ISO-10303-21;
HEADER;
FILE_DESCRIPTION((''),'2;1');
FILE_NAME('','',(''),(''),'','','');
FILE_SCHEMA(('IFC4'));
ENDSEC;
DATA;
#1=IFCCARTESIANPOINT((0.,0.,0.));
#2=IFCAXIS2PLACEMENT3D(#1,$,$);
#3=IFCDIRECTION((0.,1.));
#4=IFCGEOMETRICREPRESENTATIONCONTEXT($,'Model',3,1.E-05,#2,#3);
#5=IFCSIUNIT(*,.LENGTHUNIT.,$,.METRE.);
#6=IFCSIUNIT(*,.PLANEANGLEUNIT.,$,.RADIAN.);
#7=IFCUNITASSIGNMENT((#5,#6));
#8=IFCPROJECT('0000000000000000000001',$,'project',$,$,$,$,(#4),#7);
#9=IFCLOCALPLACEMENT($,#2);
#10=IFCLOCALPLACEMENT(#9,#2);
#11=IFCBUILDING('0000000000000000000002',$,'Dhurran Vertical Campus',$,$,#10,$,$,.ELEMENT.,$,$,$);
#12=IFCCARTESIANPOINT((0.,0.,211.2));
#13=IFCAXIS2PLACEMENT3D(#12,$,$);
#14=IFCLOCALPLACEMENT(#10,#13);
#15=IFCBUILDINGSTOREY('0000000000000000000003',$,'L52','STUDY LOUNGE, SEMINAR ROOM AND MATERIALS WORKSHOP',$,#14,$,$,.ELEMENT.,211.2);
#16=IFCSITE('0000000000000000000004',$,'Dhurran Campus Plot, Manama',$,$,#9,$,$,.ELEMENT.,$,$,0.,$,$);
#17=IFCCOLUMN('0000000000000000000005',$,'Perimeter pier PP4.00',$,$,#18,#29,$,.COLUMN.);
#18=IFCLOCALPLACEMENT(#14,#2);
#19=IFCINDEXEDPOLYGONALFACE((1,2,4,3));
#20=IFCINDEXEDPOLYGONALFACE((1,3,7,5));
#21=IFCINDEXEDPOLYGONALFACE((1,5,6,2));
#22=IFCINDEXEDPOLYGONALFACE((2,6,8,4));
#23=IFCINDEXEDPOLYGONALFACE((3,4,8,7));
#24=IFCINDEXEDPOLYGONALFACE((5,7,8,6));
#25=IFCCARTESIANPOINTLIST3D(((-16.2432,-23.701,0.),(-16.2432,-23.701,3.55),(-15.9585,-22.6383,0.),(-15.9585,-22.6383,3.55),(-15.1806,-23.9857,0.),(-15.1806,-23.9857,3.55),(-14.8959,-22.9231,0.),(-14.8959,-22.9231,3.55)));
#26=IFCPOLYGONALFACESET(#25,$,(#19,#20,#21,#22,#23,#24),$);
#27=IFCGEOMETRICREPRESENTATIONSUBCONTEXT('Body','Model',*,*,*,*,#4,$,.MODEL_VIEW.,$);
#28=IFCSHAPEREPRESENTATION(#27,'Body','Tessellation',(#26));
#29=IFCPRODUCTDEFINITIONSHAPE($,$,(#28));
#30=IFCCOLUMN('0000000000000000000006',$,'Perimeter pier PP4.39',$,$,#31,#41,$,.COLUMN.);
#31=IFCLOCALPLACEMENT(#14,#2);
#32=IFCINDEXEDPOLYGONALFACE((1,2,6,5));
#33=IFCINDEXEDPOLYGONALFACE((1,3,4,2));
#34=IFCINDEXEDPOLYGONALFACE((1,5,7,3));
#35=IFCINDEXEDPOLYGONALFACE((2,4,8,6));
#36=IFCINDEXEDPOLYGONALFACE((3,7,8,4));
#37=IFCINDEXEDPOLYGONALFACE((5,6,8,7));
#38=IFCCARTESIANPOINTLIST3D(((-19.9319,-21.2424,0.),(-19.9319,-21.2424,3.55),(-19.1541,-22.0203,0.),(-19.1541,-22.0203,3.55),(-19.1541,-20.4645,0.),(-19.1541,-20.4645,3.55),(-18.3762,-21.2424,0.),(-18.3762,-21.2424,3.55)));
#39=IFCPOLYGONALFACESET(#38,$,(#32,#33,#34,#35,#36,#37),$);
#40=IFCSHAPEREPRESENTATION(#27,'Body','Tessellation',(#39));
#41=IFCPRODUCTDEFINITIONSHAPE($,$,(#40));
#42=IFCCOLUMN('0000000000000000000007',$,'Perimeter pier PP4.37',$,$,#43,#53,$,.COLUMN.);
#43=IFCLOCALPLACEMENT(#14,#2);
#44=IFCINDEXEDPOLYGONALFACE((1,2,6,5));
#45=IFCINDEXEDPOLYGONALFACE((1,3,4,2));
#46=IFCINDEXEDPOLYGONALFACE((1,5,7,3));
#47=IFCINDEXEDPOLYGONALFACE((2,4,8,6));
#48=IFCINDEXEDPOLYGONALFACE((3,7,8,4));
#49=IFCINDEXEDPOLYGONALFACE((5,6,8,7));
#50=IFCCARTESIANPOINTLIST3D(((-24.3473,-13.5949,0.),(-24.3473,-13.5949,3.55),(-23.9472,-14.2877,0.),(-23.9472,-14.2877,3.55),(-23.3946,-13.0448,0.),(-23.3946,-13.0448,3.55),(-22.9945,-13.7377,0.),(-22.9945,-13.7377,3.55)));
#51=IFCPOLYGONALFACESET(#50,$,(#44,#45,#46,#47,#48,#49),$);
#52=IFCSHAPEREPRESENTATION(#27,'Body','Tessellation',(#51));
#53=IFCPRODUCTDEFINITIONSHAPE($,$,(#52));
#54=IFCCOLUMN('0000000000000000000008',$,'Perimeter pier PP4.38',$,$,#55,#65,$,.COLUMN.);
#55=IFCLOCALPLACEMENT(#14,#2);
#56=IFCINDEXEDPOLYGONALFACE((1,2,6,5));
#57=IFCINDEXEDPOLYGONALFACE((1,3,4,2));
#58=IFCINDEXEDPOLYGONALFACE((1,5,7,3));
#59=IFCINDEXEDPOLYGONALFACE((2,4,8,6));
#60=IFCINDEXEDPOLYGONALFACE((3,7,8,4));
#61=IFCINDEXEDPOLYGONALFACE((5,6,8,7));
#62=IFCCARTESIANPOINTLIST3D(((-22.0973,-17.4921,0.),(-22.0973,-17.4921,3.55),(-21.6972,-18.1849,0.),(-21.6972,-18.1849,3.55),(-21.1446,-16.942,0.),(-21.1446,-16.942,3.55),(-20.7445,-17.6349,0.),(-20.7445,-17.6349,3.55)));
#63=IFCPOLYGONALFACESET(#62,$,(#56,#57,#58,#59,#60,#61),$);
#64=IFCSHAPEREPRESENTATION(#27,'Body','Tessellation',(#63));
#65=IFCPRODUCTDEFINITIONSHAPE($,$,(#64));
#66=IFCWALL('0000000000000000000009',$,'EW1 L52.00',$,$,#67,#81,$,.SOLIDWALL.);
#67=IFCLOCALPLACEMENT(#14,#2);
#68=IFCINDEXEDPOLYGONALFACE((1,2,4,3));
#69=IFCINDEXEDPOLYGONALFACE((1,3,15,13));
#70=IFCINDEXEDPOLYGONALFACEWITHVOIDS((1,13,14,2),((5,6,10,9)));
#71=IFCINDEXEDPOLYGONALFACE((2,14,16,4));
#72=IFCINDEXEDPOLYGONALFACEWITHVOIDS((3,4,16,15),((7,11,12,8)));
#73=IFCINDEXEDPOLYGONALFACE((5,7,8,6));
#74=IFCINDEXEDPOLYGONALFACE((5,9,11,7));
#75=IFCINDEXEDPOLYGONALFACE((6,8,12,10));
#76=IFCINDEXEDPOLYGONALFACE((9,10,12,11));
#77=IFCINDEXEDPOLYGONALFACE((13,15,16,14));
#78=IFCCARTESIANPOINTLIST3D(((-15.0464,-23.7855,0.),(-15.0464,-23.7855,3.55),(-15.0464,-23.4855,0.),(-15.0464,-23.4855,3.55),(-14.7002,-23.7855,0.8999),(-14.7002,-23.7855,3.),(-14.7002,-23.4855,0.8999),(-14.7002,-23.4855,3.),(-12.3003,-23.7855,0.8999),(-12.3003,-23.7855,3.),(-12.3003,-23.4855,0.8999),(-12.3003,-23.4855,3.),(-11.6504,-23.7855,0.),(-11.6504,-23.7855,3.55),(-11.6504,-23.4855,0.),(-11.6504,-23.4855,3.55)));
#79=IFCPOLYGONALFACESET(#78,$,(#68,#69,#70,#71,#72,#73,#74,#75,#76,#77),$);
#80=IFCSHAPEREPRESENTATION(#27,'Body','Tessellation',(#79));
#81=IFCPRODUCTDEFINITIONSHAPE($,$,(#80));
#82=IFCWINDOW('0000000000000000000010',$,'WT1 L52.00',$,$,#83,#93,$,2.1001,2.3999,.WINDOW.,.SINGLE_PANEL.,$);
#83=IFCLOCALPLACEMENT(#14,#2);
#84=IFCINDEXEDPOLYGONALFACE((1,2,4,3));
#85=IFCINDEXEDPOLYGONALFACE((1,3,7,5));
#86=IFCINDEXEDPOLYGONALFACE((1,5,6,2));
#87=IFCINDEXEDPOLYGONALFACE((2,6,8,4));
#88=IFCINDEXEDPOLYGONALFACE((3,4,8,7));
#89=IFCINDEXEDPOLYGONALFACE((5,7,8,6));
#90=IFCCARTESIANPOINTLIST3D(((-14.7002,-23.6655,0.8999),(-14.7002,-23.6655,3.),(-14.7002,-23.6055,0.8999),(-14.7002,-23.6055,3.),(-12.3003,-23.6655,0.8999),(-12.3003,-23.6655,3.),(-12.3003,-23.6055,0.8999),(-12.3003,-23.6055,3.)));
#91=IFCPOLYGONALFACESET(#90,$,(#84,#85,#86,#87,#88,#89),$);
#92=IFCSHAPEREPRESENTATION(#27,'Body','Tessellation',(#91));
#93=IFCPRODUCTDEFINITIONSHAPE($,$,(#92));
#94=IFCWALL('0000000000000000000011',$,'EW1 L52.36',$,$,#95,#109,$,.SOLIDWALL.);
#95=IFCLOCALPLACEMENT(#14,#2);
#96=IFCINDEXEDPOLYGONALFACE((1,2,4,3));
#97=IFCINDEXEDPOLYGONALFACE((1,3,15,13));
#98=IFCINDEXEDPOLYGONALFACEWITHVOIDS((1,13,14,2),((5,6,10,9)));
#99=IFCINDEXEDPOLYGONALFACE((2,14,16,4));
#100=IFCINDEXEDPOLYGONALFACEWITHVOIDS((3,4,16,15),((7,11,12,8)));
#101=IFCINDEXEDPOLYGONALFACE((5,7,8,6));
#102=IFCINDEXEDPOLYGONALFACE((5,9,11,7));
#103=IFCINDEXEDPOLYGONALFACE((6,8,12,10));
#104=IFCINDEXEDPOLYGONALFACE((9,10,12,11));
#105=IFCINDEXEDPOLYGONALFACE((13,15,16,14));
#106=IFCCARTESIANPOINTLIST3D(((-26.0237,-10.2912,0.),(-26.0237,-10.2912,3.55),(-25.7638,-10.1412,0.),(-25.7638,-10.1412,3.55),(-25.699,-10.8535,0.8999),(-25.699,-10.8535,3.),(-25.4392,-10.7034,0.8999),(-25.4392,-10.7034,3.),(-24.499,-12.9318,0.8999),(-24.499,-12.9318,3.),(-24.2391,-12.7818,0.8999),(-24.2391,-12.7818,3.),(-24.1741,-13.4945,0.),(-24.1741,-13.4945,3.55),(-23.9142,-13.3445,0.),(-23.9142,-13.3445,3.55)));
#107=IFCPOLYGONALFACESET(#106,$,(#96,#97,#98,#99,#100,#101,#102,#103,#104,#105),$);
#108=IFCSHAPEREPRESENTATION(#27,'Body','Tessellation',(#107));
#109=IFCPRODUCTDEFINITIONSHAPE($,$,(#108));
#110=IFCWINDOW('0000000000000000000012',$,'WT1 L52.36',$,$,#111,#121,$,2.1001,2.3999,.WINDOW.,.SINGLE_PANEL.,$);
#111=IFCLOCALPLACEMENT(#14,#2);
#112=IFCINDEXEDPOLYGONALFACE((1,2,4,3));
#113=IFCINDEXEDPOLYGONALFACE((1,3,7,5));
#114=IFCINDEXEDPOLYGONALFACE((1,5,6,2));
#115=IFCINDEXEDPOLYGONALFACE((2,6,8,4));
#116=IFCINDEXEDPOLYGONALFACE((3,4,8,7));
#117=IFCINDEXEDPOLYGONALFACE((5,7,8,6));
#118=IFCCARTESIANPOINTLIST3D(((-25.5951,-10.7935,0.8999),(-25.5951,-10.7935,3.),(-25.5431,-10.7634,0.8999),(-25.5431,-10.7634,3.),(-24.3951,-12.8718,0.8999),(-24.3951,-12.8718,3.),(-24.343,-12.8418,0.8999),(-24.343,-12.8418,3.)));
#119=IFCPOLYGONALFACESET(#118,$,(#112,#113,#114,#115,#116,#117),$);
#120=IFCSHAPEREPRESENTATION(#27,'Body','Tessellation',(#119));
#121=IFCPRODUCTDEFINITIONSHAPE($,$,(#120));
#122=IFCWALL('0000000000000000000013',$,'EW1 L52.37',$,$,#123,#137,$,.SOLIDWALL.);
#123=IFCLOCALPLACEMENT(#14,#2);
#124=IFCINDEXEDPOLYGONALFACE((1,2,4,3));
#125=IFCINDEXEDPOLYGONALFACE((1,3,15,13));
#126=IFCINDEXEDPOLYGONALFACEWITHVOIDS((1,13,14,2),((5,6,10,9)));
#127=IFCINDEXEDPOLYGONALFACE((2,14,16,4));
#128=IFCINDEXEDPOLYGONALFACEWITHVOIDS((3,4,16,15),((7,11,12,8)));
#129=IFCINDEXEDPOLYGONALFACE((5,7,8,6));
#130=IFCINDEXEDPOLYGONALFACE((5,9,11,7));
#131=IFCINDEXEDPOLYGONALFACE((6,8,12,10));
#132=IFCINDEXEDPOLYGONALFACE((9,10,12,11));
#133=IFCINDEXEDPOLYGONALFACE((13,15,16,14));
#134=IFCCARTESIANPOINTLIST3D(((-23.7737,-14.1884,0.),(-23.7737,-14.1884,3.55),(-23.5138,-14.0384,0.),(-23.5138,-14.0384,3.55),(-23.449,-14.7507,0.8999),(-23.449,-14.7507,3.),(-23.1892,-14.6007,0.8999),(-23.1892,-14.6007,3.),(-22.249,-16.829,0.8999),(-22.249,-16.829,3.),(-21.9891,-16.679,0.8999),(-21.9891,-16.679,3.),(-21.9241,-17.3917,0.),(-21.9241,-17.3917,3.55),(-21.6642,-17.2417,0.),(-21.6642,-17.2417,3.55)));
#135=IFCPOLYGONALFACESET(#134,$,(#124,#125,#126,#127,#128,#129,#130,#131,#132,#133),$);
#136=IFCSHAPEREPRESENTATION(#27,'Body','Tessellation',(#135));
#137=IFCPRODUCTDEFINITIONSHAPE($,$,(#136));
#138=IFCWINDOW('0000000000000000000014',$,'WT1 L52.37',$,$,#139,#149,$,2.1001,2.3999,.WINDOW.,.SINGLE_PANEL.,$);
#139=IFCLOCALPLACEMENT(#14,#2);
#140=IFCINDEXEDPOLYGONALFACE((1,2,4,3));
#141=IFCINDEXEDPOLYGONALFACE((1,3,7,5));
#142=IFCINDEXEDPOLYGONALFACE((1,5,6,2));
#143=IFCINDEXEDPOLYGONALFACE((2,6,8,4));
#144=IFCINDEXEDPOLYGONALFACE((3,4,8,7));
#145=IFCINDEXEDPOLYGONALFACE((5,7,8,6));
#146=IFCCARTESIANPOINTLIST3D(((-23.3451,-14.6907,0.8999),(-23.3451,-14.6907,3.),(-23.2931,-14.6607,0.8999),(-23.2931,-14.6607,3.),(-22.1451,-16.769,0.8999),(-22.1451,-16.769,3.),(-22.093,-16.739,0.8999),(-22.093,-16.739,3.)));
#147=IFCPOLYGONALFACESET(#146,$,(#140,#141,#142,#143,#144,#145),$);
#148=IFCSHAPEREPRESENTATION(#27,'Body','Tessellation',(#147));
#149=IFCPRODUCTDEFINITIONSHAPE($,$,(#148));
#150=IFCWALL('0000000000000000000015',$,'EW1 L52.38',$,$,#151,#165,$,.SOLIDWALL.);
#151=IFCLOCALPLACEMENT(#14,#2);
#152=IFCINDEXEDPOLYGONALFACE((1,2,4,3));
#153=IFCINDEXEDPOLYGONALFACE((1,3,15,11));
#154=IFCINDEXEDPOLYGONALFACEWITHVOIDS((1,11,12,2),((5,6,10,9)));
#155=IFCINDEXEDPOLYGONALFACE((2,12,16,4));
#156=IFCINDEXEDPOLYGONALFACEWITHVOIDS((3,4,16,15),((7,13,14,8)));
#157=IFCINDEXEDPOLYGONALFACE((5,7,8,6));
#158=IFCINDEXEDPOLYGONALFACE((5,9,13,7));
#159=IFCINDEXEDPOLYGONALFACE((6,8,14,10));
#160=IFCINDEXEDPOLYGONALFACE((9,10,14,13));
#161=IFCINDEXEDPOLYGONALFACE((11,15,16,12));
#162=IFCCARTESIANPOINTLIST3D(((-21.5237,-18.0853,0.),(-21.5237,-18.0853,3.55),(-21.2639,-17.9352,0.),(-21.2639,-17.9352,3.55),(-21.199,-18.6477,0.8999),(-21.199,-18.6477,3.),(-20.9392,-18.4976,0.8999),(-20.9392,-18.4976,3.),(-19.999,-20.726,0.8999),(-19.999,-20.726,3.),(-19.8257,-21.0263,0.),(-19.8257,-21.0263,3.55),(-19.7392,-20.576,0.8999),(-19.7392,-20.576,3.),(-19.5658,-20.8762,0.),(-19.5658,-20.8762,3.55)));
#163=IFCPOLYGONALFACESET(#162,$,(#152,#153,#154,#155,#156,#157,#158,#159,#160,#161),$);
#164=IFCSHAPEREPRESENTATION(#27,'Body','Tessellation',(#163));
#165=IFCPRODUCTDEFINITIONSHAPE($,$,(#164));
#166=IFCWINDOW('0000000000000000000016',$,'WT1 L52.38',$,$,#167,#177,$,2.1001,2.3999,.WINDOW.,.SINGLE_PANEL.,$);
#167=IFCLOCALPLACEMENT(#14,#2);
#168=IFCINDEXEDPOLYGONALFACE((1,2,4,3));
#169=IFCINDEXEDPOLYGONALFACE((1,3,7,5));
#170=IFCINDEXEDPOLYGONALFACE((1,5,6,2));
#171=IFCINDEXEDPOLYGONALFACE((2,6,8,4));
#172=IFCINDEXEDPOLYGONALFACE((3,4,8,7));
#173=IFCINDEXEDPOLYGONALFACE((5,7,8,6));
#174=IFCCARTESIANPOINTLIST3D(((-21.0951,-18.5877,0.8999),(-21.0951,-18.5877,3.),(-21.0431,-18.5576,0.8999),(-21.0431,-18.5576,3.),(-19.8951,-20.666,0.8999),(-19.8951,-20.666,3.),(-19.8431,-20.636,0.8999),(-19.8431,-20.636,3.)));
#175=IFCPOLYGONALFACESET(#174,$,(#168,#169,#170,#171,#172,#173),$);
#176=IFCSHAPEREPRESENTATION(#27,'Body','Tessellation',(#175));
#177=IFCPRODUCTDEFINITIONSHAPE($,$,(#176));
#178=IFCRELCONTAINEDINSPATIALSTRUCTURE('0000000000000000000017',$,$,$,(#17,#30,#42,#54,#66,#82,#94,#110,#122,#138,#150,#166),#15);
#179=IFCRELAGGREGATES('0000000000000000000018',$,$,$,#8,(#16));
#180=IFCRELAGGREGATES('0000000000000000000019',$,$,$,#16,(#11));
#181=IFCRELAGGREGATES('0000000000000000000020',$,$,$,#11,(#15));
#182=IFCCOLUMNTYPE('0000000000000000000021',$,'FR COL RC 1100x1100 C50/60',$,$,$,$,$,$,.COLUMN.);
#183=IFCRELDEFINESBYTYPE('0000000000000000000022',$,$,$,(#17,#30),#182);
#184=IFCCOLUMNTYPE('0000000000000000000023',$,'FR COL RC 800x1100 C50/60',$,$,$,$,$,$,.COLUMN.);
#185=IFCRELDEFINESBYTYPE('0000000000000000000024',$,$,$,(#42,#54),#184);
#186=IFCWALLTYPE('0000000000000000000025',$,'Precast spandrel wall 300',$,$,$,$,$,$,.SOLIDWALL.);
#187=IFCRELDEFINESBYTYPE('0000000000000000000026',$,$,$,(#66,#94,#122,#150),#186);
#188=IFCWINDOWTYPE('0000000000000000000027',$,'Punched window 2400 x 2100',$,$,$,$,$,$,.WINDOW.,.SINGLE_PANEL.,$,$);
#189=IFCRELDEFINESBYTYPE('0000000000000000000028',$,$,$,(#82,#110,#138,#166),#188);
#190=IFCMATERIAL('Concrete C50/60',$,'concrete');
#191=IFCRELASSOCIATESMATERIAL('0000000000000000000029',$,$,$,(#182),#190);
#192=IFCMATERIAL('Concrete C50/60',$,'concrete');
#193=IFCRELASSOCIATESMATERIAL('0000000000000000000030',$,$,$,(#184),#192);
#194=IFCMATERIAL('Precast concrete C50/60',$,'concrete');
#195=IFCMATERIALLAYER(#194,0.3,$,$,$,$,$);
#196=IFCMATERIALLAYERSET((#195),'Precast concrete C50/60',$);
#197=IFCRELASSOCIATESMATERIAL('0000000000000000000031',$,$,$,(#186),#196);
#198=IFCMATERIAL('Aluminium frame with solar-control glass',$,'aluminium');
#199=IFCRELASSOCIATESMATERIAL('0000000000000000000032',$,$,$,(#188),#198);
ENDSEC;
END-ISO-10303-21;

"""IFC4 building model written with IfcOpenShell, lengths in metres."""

from ifc_helpers import new_model, si_unit, direction, frame, frame_2d, origin, origin_2d, place, context, subcontext, project, spatial, rectangle, extrude, material, layer, layer_set, material_profile, profile_set, type_object, element, fill, save


model = new_model("IFC4")

# Units and contexts
model_context = context("Model", 3, precision=1e-05, world=origin(), true_north=direction((0.0, 1.0)))
body_context = subcontext(model_context, "Body", "Model", "MODEL_VIEW")
ifc_project = project(units=[si_unit("LENGTHUNIT", "METRE"), si_unit("PLANEANGLEUNIT", "RADIAN")], contexts=[model_context])

# Site, building, storey
site_placement = place(None, origin())
site = spatial("IfcSite", under=ifc_project, at=site_placement, Name="Dhurran Campus Plot, Manama", CompositionType="ELEMENT", RefElevation=0.0)
building_placement = place(site_placement, origin())
building = spatial("IfcBuilding", under=site, at=building_placement, Name="Dhurran Vertical Campus", CompositionType="ELEMENT")
storey_placement = place(building_placement, frame((0.0, 0.0, 211.2)))
storey = spatial("IfcBuildingStorey", under=building, at=storey_placement, Name="L52", Description="STUDY LOUNGE, SEMINAR ROOM AND MATERIALS WORKSHOP", CompositionType="ELEMENT", Elevation=211.2)

# Columns
ifc_material_1 = material(Name="Concrete C50/60", Category="concrete")
ifc_material_profile_1 = material_profile(ifc_material_1, rectangle(XDim=1.1001, YDim=1.1001, at=origin_2d()), Name="RC 1100x1100")
ifc_profile_set_1 = profile_set([ifc_material_profile_1], Name="Concrete C50/60")
column_type_1 = type_object("IfcColumnType", Name="FR COL RC 1100x1100 C50/60", PredefinedType="COLUMN", material=ifc_profile_set_1)
for number, where, z_axis, x_axis, name in (
    (1, (-15.5696, -23.312, 0.0), (0.0, 0.0, 1.0), (0.965926, -0.258819, 0.0), "Perimeter pier PP4.00"),
    (2, (-19.1541, -21.2424, 0.0), (0.0, 0.0, 1.0), (0.707107, -0.707107, 0.0), "Perimeter pier PP4.39"),
):
    element("IfcColumn", number, at=place(storey_placement, frame(where, z_axis=z_axis, x_axis=x_axis)), inside=storey, type_object=column_type_1, Name=name, PredefinedType="COLUMN", context=body_context, shape_type="SweptSolid", body=[
        extrude(rectangle(XDim=1.1001, YDim=1.1001, at=origin_2d()), origin(), (0.0, 0.0, 1.0), 3.55),
    ])
ifc_material_2 = material(Name="Concrete C50/60", Category="concrete")
ifc_material_profile_2 = material_profile(ifc_material_2, rectangle(XDim=0.8, YDim=1.1001, at=origin_2d()), Name="RC 800x1100")
ifc_profile_set_2 = profile_set([ifc_material_profile_2], Name="Concrete C50/60")
column_type_2 = type_object("IfcColumnType", Name="FR COL RC 800x1100 C50/60", PredefinedType="COLUMN", material=ifc_profile_set_2)
for number, where, z_axis, x_axis, name in (
    (3, (-23.6709, -13.6663, 0.0), (0.0, 0.0, 1.0), (0.5, -0.866025, 0.0), "Perimeter pier PP4.37"),
    (4, (-21.4209, -17.5635, 0.0), (0.0, 0.0, 1.0), (0.5, -0.866025, 0.0), "Perimeter pier PP4.38"),
):
    element("IfcColumn", number, at=place(storey_placement, frame(where, z_axis=z_axis, x_axis=x_axis)), inside=storey, type_object=column_type_2, Name=name, PredefinedType="COLUMN", context=body_context, shape_type="SweptSolid", body=[
        extrude(rectangle(XDim=0.8, YDim=1.1001, at=origin_2d()), origin(), (0.0, 0.0, 1.0), 3.55),
    ])

# Walls, openings, windows
ifc_material_3 = material(Name="Precast concrete C50/60", Category="concrete")
ifc_layer_1 = layer(ifc_material_3, 0.3)
ifc_layer_set_1 = layer_set([ifc_layer_1], Name="Precast concrete C50/60")
wall_type_1 = type_object("IfcWallType", Name="Precast spandrel wall 300", PredefinedType="SOLIDWALL", material=ifc_layer_set_1)
wall_1_placement = place(storey_placement, frame((-15.0464, -23.6355, 0.0), z_axis=(0.0, 0.0, 1.0), x_axis=(1.0, 0.0, 0.0)))
wall_1 = element("IfcWall", 5, at=wall_1_placement, inside=storey, type_object=wall_type_1, Name="EW1 L52.00", PredefinedType="SOLIDWALL", context=body_context, shape_type="SweptSolid", body=[
    extrude(rectangle(XDim=3.396, YDim=0.3, at=frame_2d((1.698, 0.0))), origin(), (0.0, 0.0, 1.0), 3.55),
])
opening_1_placement = place(wall_1_placement, frame((0.3462, 0.0, 0.8999)))
opening_1 = element("IfcOpeningElement", 6, at=opening_1_placement, cuts=wall_1, PredefinedType="OPENING", context=body_context, shape_type="SweptSolid", body=[
    extrude(rectangle(XDim=2.3999, YDim=2.1001, at=frame_2d((1.2, 1.05))), frame((0.0, 0.1599, 0.0), z_axis=(0.0, -1.0, 0.0), x_axis=(1.0, 0.0, 0.0)), (0.0, 0.0, 1.0), 0.3201),
])
ifc_material_4 = material(Name="Aluminium frame with solar-control glass", Category="aluminium")
window_type = type_object("IfcWindowType", Name="Punched window 2400 x 2100", PartitioningType="SINGLE_PANEL", PredefinedType="WINDOW", material=ifc_material_4)
window_1_placement = place(opening_1_placement, origin())
window_1 = element("IfcWindow", 7, at=window_1_placement, inside=storey, type_object=window_type, Name="WT1 L52.00", OverallHeight=2.1001, OverallWidth=2.3999, PartitioningType="SINGLE_PANEL", PredefinedType="WINDOW", context=body_context, shape_type="SweptSolid", body=[
    extrude(rectangle(XDim=2.3999, YDim=2.1001, at=frame_2d((1.2, 1.05))), frame((0.0, 0.03, 0.0), z_axis=(0.0, -1.0, 0.0), x_axis=(1.0, 0.0, 0.0)), (0.0, 0.0, 1.0), 0.0601),
])
fill(opening_1, window_1)
wall_2_placement = place(storey_placement, frame((-25.8938, -10.2161, 0.0), z_axis=(0.0, 0.0, 1.0), x_axis=(0.500029, -0.866009, 0.0)))
wall_2 = element("IfcWall", 8, at=wall_2_placement, inside=storey, type_object=wall_type_1, Name="EW1 L52.36", PredefinedType="SOLIDWALL", context=body_context, shape_type="SweptSolid", body=[
    extrude(rectangle(XDim=3.699, YDim=0.3, at=frame_2d((1.8496, 0.0))), origin(), (0.0, 0.0, 1.0), 3.55),
])
opening_2_placement = place(wall_2_placement, frame((0.6494, 0.0, 0.8999)))
opening_2 = element("IfcOpeningElement", 9, at=opening_2_placement, cuts=wall_2, PredefinedType="OPENING", context=body_context, shape_type="SweptSolid", body=[
    extrude(rectangle(XDim=2.3999, YDim=2.1001, at=frame_2d((1.2, 1.05))), frame((0.0, 0.1599, 0.0), z_axis=(0.0, -1.0, 0.0), x_axis=(1.0, 0.0, 0.0)), (0.0, 0.0, 1.0), 0.3201),
])
window_2_placement = place(opening_2_placement, origin())
window_2 = element("IfcWindow", 10, at=window_2_placement, inside=storey, type_object=window_type, Name="WT1 L52.36", OverallHeight=2.1001, OverallWidth=2.3999, PartitioningType="SINGLE_PANEL", PredefinedType="WINDOW", context=body_context, shape_type="SweptSolid", body=[
    extrude(rectangle(XDim=2.3999, YDim=2.1001, at=frame_2d((1.2, 1.05))), frame((0.0, 0.03, 0.0), z_axis=(0.0, -1.0, 0.0), x_axis=(1.0, 0.0, 0.0)), (0.0, 0.0, 1.0), 0.0601),
])
fill(opening_2, window_2)
wall_3_placement = place(storey_placement, frame((-23.6438, -14.1133, 0.0), z_axis=(0.0, 0.0, 1.0), x_axis=(0.500029, -0.866009, 0.0)))
wall_3 = element("IfcWall", 11, at=wall_3_placement, inside=storey, type_object=wall_type_1, Name="EW1 L52.37", PredefinedType="SOLIDWALL", context=body_context, shape_type="SweptSolid", body=[
    extrude(rectangle(XDim=3.699, YDim=0.3, at=frame_2d((1.8496, 0.0))), origin(), (0.0, 0.0, 1.0), 3.55),
])
opening_3_placement = place(wall_3_placement, frame((0.6494, 0.0, 0.8999)))
opening_3 = element("IfcOpeningElement", 12, at=opening_3_placement, cuts=wall_3, PredefinedType="OPENING", context=body_context, shape_type="SweptSolid", body=[
    extrude(rectangle(XDim=2.3999, YDim=2.1001, at=frame_2d((1.2, 1.05))), frame((0.0, 0.1599, 0.0), z_axis=(0.0, -1.0, 0.0), x_axis=(1.0, 0.0, 0.0)), (0.0, 0.0, 1.0), 0.3201),
])
window_3_placement = place(opening_3_placement, origin())
window_3 = element("IfcWindow", 13, at=window_3_placement, inside=storey, type_object=window_type, Name="WT1 L52.37", OverallHeight=2.1001, OverallWidth=2.3999, PartitioningType="SINGLE_PANEL", PredefinedType="WINDOW", context=body_context, shape_type="SweptSolid", body=[
    extrude(rectangle(XDim=2.3999, YDim=2.1001, at=frame_2d((1.2, 1.05))), frame((0.0, 0.03, 0.0), z_axis=(0.0, -1.0, 0.0), x_axis=(1.0, 0.0, 0.0)), (0.0, 0.0, 1.0), 0.0601),
])
fill(opening_3, window_3)
wall_4_placement = place(storey_placement, frame((-21.3938, -18.0103, 0.0), z_axis=(0.0, 0.0, 1.0), x_axis=(0.500013, -0.866018, 0.0)))
wall_4 = element("IfcWall", 14, at=wall_4_placement, inside=storey, type_object=wall_type_1, Name="EW1 L52.38", PredefinedType="SOLIDWALL", context=body_context, shape_type="SweptSolid", body=[
    extrude(rectangle(XDim=3.396, YDim=0.3, at=frame_2d((1.698, 0.0))), origin(), (0.0, 0.0, 1.0), 3.55),
])
opening_4_placement = place(wall_4_placement, frame((0.6494, 0.0, 0.8999)))
opening_4 = element("IfcOpeningElement", 15, at=opening_4_placement, cuts=wall_4, PredefinedType="OPENING", context=body_context, shape_type="SweptSolid", body=[
    extrude(rectangle(XDim=2.3999, YDim=2.1001, at=frame_2d((1.2, 1.05))), frame((0.0, 0.1599, 0.0), z_axis=(0.0, -1.0, 0.0), x_axis=(1.0, 0.0, 0.0)), (0.0, 0.0, 1.0), 0.3201),
])
window_4_placement = place(opening_4_placement, origin())
window_4 = element("IfcWindow", 16, at=window_4_placement, inside=storey, type_object=window_type, Name="WT1 L52.38", OverallHeight=2.1001, OverallWidth=2.3999, PartitioningType="SINGLE_PANEL", PredefinedType="WINDOW", context=body_context, shape_type="SweptSolid", body=[
    extrude(rectangle(XDim=2.3999, YDim=2.1001, at=frame_2d((1.2, 1.05))), frame((0.0, 0.03, 0.0), z_axis=(0.0, -1.0, 0.0), x_axis=(1.0, 0.0, 0.0)), (0.0, 0.0, 1.0), 0.0601),
])
fill(opening_4, window_4)

save(model, "model.ifc")
